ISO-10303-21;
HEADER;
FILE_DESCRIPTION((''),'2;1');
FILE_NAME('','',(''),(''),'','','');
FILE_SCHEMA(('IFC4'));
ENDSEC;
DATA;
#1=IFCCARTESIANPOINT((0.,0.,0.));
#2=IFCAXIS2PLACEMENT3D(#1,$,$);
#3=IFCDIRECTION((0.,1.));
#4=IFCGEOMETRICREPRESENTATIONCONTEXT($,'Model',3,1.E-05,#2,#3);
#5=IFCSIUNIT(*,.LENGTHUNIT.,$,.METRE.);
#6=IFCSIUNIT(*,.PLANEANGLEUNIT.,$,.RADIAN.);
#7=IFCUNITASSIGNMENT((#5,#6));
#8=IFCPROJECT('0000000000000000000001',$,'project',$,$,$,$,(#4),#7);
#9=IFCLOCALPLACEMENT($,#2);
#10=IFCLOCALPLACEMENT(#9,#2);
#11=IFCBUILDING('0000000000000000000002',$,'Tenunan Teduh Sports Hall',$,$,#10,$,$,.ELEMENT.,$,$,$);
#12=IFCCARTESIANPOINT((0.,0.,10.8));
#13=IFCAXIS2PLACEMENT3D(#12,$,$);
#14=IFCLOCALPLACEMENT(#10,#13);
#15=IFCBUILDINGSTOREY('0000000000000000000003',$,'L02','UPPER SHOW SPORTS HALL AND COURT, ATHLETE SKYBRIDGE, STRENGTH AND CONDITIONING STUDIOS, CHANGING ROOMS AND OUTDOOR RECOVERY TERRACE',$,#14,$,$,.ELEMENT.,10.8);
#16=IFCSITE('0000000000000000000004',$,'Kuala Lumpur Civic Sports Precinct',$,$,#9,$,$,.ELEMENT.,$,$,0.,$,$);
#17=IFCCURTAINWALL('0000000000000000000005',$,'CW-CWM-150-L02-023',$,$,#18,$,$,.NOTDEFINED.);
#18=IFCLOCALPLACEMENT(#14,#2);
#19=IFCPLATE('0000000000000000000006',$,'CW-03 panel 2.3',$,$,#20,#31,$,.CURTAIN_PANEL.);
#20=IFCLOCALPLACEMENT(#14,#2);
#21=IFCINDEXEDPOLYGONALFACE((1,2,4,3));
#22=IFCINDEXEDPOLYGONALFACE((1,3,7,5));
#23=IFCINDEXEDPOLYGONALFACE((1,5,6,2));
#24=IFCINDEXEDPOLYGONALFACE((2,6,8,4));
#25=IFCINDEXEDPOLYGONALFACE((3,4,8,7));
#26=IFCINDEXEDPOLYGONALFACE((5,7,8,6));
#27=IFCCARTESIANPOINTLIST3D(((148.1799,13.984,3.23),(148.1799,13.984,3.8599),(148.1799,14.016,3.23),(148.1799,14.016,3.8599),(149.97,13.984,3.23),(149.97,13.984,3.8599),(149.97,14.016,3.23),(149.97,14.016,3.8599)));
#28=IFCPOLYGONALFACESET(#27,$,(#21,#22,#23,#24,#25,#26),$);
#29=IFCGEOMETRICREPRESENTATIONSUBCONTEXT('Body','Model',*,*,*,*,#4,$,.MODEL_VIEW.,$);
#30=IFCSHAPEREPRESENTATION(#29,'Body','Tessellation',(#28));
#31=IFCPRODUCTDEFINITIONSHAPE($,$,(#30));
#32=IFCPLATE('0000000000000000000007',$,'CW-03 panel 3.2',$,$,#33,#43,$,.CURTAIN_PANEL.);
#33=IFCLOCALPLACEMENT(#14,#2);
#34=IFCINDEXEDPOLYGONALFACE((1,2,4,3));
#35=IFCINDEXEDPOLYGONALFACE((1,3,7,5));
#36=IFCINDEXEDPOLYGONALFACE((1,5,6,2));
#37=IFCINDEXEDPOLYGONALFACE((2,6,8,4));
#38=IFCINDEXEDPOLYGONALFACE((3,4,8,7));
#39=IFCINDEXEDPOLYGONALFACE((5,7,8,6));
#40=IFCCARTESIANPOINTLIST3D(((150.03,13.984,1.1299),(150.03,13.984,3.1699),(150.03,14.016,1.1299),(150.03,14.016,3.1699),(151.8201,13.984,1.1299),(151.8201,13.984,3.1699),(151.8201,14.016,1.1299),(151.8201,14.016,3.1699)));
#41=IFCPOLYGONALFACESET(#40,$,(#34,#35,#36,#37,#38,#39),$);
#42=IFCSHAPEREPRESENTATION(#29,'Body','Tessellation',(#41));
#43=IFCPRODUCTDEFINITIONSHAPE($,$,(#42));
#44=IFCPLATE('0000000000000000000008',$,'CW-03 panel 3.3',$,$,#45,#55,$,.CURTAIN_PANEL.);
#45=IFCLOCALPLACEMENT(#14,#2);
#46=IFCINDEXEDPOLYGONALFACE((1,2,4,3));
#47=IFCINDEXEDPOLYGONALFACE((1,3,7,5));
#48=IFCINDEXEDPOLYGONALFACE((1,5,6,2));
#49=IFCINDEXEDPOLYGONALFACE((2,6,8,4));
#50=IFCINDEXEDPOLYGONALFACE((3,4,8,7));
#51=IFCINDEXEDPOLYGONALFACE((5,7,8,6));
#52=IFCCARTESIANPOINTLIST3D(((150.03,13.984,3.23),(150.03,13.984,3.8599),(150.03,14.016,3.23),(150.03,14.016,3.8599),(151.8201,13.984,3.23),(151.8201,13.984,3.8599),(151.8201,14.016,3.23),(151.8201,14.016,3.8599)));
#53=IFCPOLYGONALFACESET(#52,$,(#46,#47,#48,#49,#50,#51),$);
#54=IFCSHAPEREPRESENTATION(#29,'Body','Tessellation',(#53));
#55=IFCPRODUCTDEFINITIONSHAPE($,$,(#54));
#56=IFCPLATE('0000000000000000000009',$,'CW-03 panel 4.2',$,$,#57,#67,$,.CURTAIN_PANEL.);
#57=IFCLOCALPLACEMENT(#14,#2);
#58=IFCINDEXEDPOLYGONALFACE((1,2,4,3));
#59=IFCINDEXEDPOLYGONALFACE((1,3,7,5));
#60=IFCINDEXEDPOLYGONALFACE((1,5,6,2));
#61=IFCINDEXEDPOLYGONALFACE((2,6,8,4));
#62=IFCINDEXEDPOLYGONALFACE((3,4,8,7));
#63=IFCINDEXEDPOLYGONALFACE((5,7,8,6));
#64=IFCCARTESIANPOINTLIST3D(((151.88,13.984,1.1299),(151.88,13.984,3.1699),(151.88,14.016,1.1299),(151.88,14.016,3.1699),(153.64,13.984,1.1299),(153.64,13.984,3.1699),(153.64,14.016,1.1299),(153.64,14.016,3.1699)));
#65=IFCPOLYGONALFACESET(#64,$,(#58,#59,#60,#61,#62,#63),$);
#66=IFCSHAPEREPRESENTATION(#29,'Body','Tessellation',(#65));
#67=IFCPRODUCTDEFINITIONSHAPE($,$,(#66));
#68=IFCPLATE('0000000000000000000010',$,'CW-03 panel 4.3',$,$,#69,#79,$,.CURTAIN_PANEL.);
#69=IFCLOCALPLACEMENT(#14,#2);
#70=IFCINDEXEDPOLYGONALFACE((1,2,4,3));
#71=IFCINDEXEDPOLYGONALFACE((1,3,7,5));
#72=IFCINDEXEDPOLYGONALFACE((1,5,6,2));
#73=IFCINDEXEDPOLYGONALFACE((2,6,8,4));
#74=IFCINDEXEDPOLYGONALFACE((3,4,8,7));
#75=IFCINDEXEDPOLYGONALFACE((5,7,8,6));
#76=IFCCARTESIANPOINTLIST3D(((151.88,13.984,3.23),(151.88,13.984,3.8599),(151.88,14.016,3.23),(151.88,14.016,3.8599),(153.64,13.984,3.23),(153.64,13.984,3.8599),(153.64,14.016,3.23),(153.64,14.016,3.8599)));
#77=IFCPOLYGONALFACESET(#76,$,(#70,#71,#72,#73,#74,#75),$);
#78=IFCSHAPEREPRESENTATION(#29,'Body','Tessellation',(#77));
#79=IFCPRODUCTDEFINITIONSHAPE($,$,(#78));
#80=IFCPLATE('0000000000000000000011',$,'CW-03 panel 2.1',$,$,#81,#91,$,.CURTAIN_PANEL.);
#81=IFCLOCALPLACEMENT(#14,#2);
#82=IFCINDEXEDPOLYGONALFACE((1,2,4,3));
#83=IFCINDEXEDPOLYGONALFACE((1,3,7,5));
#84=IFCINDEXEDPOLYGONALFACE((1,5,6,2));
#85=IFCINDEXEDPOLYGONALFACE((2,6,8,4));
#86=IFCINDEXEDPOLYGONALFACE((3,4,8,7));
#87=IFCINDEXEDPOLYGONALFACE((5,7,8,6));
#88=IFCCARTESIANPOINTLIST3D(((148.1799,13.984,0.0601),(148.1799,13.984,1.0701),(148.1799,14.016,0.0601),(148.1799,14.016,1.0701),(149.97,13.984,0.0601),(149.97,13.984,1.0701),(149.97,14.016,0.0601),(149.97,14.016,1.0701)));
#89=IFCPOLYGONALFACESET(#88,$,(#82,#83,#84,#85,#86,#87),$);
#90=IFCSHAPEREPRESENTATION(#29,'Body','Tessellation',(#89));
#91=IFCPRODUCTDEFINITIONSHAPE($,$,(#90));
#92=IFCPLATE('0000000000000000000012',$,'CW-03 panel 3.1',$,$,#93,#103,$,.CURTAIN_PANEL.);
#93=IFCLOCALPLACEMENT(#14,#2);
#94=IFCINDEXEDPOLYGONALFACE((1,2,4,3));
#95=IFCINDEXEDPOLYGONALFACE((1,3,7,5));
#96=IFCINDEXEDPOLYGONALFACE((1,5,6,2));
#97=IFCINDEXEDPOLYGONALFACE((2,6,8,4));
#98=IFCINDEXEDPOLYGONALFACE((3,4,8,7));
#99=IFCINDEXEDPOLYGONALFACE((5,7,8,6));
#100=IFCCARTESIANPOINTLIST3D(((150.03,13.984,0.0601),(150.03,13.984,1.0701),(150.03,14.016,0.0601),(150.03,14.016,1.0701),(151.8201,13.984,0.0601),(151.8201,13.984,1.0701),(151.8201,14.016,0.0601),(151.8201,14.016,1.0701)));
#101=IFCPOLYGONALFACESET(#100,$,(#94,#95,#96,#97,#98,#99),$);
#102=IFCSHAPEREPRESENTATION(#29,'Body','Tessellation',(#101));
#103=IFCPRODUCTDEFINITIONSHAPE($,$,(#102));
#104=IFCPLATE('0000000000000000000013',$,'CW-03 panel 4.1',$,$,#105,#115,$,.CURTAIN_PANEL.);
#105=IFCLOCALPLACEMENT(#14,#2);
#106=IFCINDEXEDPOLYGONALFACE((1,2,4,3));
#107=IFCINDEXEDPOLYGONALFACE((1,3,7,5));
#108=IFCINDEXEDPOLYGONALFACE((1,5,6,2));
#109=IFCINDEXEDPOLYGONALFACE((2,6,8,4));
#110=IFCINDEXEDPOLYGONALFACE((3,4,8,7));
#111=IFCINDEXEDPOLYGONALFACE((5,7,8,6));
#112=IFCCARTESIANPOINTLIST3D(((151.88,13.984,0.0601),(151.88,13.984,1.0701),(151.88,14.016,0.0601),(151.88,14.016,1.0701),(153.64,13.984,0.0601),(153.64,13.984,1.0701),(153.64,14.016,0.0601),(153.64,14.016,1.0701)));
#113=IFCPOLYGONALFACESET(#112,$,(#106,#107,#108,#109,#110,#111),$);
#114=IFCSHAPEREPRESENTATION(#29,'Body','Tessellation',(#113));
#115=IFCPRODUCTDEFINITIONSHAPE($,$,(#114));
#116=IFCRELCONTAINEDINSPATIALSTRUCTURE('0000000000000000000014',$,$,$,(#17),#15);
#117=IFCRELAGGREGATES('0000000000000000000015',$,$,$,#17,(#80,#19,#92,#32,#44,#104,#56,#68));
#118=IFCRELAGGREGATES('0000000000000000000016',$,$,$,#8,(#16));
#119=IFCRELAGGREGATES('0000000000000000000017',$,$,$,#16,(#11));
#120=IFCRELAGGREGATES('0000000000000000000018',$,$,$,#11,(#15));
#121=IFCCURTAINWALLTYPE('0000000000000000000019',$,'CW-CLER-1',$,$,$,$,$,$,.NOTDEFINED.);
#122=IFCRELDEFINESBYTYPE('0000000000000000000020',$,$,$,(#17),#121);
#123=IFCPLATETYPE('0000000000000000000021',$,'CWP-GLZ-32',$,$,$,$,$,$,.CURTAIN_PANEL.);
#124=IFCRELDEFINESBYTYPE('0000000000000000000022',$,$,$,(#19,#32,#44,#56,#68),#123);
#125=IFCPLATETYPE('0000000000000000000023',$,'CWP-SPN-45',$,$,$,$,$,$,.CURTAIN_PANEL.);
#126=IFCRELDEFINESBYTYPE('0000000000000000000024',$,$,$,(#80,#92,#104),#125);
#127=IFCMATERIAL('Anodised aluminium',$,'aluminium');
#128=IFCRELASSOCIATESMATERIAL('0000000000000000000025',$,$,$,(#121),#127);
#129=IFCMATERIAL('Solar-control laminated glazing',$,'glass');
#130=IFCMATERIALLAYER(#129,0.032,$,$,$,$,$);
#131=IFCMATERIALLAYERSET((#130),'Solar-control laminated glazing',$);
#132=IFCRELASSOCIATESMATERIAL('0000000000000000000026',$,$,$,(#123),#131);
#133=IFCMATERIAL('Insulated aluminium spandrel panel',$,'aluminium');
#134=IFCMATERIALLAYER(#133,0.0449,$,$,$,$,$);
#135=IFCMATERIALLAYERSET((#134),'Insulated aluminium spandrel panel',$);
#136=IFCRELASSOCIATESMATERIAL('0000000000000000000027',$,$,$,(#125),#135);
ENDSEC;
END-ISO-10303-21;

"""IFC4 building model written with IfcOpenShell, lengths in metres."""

from ifc_helpers import new_model, si_unit, direction, frame, origin, origin_2d, place, context, subcontext, project, spatial, rectangle, extrude, material, layer, layer_set, type_object, element, aggregate, save


model = new_model("IFC4")

# Units and contexts
model_context = context("Model", 3, precision=1e-05, world=origin(), true_north=direction((0.0, 1.0)))
body_context = subcontext(model_context, "Body", "Model", "MODEL_VIEW")
ifc_project = project(units=[si_unit("LENGTHUNIT", "METRE"), si_unit("PLANEANGLEUNIT", "RADIAN")], contexts=[model_context])

# Site, building, storey
site_placement = place(None, origin())
site = spatial("IfcSite", under=ifc_project, at=site_placement, Name="Kuala Lumpur Civic Sports Precinct", CompositionType="ELEMENT", RefElevation=0.0)
building_placement = place(site_placement, origin())
building = spatial("IfcBuilding", under=site, at=building_placement, Name="Tenunan Teduh Sports Hall", CompositionType="ELEMENT")
storey_placement = place(building_placement, frame((0.0, 0.0, 10.8)))
storey = spatial("IfcBuildingStorey", under=building, at=storey_placement, Name="L02", Description="UPPER SHOW SPORTS HALL AND COURT, ATHLETE SKYBRIDGE, STRENGTH AND CONDITIONING STUDIOS, CHANGING ROOMS AND OUTDOOR RECOVERY TERRACE", CompositionType="ELEMENT", Elevation=10.8)

# Curtain wall, plates
ifc_material_1 = material(Name="Anodised aluminium", Category="aluminium")
curtain_wall_type = type_object("IfcCurtainWallType", Name="CW-CLER-1", PredefinedType="NOTDEFINED", material=ifc_material_1)
curtain_wall_placement = place(storey_placement, origin())
curtain_wall = element("IfcCurtainWall", 1, at=curtain_wall_placement, inside=storey, type_object=curtain_wall_type, Name="CW-CWM-150-L02-023", PredefinedType="NOTDEFINED")
ifc_material_2 = material(Name="Solar-control laminated glazing", Category="glass")
ifc_layer_1 = layer(ifc_material_2, 0.032)
ifc_layer_set_1 = layer_set([ifc_layer_1], Name="Solar-control laminated glazing")
plate_type_1 = type_object("IfcPlateType", Name="CWP-GLZ-32", PredefinedType="CURTAIN_PANEL", material=ifc_layer_set_1)
plate_1_placement = place(storey_placement, frame((149.075, 14.0, 3.23), z_axis=(0.0, 0.0, 1.0), x_axis=(1.0, 0.0, 0.0)))
plate_1 = element("IfcPlate", 2, at=plate_1_placement, type_object=plate_type_1, Name="CW-03 panel 2.3", PredefinedType="CURTAIN_PANEL", context=body_context, shape_type="SweptSolid", body=[
    extrude(rectangle(XDim=1.79, YDim=0.032, at=origin_2d()), origin(), (0.0, 0.0, 1.0), 0.6299),
])
plate_2_placement = place(storey_placement, frame((150.925, 14.0, 1.1299), z_axis=(0.0, 0.0, 1.0), x_axis=(1.0, 0.0, 0.0)))
plate_2 = element("IfcPlate", 3, at=plate_2_placement, type_object=plate_type_1, Name="CW-03 panel 3.2", PredefinedType="CURTAIN_PANEL", context=body_context, shape_type="SweptSolid", body=[
    extrude(rectangle(XDim=1.79, YDim=0.032, at=origin_2d()), origin(), (0.0, 0.0, 1.0), 2.04),
])
plate_3_placement = place(storey_placement, frame((150.925, 14.0, 3.23), z_axis=(0.0, 0.0, 1.0), x_axis=(1.0, 0.0, 0.0)))
plate_3 = element("IfcPlate", 4, at=plate_3_placement, type_object=plate_type_1, Name="CW-03 panel 3.3", PredefinedType="CURTAIN_PANEL", context=body_context, shape_type="SweptSolid", body=[
    extrude(rectangle(XDim=1.79, YDim=0.032, at=origin_2d()), origin(), (0.0, 0.0, 1.0), 0.6299),
])
plate_4_placement = place(storey_placement, frame((152.76, 14.0, 1.1299), z_axis=(0.0, 0.0, 1.0), x_axis=(1.0, 0.0, 0.0)))
plate_4 = element("IfcPlate", 5, at=plate_4_placement, type_object=plate_type_1, Name="CW-03 panel 4.2", PredefinedType="CURTAIN_PANEL", context=body_context, shape_type="SweptSolid", body=[
    extrude(rectangle(XDim=1.76, YDim=0.032, at=origin_2d()), origin(), (0.0, 0.0, 1.0), 2.04),
])
plate_5_placement = place(storey_placement, frame((152.76, 14.0, 3.23), z_axis=(0.0, 0.0, 1.0), x_axis=(1.0, 0.0, 0.0)))
plate_5 = element("IfcPlate", 6, at=plate_5_placement, type_object=plate_type_1, Name="CW-03 panel 4.3", PredefinedType="CURTAIN_PANEL", context=body_context, shape_type="SweptSolid", body=[
    extrude(rectangle(XDim=1.76, YDim=0.032, at=origin_2d()), origin(), (0.0, 0.0, 1.0), 0.6299),
])
ifc_material_3 = material(Name="Insulated aluminium spandrel panel", Category="aluminium")
ifc_layer_2 = layer(ifc_material_3, 0.0449)
ifc_layer_set_2 = layer_set([ifc_layer_2], Name="Insulated aluminium spandrel panel")
plate_type_2 = type_object("IfcPlateType", Name="CWP-SPN-45", PredefinedType="CURTAIN_PANEL", material=ifc_layer_set_2)
plate_6_placement = place(storey_placement, frame((149.075, 14.0, 0.0601), z_axis=(0.0, 0.0, 1.0), x_axis=(1.0, 0.0, 0.0)))
plate_6 = element("IfcPlate", 7, at=plate_6_placement, type_object=plate_type_2, Name="CW-03 panel 2.1", PredefinedType="CURTAIN_PANEL", context=body_context, shape_type="SweptSolid", body=[
    extrude(rectangle(XDim=1.79, YDim=0.032, at=origin_2d()), origin(), (0.0, 0.0, 1.0), 1.01),
])
plate_7_placement = place(storey_placement, frame((150.925, 14.0, 0.0601), z_axis=(0.0, 0.0, 1.0), x_axis=(1.0, 0.0, 0.0)))
plate_7 = element("IfcPlate", 8, at=plate_7_placement, type_object=plate_type_2, Name="CW-03 panel 3.1", PredefinedType="CURTAIN_PANEL", context=body_context, shape_type="SweptSolid", body=[
    extrude(rectangle(XDim=1.79, YDim=0.032, at=origin_2d()), origin(), (0.0, 0.0, 1.0), 1.01),
])
plate_8_placement = place(storey_placement, frame((152.76, 14.0, 0.0601), z_axis=(0.0, 0.0, 1.0), x_axis=(1.0, 0.0, 0.0)))
plate_8 = element("IfcPlate", 9, at=plate_8_placement, type_object=plate_type_2, Name="CW-03 panel 4.1", PredefinedType="CURTAIN_PANEL", context=body_context, shape_type="SweptSolid", body=[
    extrude(rectangle(XDim=1.76, YDim=0.032, at=origin_2d()), origin(), (0.0, 0.0, 1.0), 1.01),
])
aggregate(curtain_wall, [plate_6, plate_1, plate_7, plate_2, plate_3, plate_8, plate_4, plate_5])

save(model, "model.ifc")
